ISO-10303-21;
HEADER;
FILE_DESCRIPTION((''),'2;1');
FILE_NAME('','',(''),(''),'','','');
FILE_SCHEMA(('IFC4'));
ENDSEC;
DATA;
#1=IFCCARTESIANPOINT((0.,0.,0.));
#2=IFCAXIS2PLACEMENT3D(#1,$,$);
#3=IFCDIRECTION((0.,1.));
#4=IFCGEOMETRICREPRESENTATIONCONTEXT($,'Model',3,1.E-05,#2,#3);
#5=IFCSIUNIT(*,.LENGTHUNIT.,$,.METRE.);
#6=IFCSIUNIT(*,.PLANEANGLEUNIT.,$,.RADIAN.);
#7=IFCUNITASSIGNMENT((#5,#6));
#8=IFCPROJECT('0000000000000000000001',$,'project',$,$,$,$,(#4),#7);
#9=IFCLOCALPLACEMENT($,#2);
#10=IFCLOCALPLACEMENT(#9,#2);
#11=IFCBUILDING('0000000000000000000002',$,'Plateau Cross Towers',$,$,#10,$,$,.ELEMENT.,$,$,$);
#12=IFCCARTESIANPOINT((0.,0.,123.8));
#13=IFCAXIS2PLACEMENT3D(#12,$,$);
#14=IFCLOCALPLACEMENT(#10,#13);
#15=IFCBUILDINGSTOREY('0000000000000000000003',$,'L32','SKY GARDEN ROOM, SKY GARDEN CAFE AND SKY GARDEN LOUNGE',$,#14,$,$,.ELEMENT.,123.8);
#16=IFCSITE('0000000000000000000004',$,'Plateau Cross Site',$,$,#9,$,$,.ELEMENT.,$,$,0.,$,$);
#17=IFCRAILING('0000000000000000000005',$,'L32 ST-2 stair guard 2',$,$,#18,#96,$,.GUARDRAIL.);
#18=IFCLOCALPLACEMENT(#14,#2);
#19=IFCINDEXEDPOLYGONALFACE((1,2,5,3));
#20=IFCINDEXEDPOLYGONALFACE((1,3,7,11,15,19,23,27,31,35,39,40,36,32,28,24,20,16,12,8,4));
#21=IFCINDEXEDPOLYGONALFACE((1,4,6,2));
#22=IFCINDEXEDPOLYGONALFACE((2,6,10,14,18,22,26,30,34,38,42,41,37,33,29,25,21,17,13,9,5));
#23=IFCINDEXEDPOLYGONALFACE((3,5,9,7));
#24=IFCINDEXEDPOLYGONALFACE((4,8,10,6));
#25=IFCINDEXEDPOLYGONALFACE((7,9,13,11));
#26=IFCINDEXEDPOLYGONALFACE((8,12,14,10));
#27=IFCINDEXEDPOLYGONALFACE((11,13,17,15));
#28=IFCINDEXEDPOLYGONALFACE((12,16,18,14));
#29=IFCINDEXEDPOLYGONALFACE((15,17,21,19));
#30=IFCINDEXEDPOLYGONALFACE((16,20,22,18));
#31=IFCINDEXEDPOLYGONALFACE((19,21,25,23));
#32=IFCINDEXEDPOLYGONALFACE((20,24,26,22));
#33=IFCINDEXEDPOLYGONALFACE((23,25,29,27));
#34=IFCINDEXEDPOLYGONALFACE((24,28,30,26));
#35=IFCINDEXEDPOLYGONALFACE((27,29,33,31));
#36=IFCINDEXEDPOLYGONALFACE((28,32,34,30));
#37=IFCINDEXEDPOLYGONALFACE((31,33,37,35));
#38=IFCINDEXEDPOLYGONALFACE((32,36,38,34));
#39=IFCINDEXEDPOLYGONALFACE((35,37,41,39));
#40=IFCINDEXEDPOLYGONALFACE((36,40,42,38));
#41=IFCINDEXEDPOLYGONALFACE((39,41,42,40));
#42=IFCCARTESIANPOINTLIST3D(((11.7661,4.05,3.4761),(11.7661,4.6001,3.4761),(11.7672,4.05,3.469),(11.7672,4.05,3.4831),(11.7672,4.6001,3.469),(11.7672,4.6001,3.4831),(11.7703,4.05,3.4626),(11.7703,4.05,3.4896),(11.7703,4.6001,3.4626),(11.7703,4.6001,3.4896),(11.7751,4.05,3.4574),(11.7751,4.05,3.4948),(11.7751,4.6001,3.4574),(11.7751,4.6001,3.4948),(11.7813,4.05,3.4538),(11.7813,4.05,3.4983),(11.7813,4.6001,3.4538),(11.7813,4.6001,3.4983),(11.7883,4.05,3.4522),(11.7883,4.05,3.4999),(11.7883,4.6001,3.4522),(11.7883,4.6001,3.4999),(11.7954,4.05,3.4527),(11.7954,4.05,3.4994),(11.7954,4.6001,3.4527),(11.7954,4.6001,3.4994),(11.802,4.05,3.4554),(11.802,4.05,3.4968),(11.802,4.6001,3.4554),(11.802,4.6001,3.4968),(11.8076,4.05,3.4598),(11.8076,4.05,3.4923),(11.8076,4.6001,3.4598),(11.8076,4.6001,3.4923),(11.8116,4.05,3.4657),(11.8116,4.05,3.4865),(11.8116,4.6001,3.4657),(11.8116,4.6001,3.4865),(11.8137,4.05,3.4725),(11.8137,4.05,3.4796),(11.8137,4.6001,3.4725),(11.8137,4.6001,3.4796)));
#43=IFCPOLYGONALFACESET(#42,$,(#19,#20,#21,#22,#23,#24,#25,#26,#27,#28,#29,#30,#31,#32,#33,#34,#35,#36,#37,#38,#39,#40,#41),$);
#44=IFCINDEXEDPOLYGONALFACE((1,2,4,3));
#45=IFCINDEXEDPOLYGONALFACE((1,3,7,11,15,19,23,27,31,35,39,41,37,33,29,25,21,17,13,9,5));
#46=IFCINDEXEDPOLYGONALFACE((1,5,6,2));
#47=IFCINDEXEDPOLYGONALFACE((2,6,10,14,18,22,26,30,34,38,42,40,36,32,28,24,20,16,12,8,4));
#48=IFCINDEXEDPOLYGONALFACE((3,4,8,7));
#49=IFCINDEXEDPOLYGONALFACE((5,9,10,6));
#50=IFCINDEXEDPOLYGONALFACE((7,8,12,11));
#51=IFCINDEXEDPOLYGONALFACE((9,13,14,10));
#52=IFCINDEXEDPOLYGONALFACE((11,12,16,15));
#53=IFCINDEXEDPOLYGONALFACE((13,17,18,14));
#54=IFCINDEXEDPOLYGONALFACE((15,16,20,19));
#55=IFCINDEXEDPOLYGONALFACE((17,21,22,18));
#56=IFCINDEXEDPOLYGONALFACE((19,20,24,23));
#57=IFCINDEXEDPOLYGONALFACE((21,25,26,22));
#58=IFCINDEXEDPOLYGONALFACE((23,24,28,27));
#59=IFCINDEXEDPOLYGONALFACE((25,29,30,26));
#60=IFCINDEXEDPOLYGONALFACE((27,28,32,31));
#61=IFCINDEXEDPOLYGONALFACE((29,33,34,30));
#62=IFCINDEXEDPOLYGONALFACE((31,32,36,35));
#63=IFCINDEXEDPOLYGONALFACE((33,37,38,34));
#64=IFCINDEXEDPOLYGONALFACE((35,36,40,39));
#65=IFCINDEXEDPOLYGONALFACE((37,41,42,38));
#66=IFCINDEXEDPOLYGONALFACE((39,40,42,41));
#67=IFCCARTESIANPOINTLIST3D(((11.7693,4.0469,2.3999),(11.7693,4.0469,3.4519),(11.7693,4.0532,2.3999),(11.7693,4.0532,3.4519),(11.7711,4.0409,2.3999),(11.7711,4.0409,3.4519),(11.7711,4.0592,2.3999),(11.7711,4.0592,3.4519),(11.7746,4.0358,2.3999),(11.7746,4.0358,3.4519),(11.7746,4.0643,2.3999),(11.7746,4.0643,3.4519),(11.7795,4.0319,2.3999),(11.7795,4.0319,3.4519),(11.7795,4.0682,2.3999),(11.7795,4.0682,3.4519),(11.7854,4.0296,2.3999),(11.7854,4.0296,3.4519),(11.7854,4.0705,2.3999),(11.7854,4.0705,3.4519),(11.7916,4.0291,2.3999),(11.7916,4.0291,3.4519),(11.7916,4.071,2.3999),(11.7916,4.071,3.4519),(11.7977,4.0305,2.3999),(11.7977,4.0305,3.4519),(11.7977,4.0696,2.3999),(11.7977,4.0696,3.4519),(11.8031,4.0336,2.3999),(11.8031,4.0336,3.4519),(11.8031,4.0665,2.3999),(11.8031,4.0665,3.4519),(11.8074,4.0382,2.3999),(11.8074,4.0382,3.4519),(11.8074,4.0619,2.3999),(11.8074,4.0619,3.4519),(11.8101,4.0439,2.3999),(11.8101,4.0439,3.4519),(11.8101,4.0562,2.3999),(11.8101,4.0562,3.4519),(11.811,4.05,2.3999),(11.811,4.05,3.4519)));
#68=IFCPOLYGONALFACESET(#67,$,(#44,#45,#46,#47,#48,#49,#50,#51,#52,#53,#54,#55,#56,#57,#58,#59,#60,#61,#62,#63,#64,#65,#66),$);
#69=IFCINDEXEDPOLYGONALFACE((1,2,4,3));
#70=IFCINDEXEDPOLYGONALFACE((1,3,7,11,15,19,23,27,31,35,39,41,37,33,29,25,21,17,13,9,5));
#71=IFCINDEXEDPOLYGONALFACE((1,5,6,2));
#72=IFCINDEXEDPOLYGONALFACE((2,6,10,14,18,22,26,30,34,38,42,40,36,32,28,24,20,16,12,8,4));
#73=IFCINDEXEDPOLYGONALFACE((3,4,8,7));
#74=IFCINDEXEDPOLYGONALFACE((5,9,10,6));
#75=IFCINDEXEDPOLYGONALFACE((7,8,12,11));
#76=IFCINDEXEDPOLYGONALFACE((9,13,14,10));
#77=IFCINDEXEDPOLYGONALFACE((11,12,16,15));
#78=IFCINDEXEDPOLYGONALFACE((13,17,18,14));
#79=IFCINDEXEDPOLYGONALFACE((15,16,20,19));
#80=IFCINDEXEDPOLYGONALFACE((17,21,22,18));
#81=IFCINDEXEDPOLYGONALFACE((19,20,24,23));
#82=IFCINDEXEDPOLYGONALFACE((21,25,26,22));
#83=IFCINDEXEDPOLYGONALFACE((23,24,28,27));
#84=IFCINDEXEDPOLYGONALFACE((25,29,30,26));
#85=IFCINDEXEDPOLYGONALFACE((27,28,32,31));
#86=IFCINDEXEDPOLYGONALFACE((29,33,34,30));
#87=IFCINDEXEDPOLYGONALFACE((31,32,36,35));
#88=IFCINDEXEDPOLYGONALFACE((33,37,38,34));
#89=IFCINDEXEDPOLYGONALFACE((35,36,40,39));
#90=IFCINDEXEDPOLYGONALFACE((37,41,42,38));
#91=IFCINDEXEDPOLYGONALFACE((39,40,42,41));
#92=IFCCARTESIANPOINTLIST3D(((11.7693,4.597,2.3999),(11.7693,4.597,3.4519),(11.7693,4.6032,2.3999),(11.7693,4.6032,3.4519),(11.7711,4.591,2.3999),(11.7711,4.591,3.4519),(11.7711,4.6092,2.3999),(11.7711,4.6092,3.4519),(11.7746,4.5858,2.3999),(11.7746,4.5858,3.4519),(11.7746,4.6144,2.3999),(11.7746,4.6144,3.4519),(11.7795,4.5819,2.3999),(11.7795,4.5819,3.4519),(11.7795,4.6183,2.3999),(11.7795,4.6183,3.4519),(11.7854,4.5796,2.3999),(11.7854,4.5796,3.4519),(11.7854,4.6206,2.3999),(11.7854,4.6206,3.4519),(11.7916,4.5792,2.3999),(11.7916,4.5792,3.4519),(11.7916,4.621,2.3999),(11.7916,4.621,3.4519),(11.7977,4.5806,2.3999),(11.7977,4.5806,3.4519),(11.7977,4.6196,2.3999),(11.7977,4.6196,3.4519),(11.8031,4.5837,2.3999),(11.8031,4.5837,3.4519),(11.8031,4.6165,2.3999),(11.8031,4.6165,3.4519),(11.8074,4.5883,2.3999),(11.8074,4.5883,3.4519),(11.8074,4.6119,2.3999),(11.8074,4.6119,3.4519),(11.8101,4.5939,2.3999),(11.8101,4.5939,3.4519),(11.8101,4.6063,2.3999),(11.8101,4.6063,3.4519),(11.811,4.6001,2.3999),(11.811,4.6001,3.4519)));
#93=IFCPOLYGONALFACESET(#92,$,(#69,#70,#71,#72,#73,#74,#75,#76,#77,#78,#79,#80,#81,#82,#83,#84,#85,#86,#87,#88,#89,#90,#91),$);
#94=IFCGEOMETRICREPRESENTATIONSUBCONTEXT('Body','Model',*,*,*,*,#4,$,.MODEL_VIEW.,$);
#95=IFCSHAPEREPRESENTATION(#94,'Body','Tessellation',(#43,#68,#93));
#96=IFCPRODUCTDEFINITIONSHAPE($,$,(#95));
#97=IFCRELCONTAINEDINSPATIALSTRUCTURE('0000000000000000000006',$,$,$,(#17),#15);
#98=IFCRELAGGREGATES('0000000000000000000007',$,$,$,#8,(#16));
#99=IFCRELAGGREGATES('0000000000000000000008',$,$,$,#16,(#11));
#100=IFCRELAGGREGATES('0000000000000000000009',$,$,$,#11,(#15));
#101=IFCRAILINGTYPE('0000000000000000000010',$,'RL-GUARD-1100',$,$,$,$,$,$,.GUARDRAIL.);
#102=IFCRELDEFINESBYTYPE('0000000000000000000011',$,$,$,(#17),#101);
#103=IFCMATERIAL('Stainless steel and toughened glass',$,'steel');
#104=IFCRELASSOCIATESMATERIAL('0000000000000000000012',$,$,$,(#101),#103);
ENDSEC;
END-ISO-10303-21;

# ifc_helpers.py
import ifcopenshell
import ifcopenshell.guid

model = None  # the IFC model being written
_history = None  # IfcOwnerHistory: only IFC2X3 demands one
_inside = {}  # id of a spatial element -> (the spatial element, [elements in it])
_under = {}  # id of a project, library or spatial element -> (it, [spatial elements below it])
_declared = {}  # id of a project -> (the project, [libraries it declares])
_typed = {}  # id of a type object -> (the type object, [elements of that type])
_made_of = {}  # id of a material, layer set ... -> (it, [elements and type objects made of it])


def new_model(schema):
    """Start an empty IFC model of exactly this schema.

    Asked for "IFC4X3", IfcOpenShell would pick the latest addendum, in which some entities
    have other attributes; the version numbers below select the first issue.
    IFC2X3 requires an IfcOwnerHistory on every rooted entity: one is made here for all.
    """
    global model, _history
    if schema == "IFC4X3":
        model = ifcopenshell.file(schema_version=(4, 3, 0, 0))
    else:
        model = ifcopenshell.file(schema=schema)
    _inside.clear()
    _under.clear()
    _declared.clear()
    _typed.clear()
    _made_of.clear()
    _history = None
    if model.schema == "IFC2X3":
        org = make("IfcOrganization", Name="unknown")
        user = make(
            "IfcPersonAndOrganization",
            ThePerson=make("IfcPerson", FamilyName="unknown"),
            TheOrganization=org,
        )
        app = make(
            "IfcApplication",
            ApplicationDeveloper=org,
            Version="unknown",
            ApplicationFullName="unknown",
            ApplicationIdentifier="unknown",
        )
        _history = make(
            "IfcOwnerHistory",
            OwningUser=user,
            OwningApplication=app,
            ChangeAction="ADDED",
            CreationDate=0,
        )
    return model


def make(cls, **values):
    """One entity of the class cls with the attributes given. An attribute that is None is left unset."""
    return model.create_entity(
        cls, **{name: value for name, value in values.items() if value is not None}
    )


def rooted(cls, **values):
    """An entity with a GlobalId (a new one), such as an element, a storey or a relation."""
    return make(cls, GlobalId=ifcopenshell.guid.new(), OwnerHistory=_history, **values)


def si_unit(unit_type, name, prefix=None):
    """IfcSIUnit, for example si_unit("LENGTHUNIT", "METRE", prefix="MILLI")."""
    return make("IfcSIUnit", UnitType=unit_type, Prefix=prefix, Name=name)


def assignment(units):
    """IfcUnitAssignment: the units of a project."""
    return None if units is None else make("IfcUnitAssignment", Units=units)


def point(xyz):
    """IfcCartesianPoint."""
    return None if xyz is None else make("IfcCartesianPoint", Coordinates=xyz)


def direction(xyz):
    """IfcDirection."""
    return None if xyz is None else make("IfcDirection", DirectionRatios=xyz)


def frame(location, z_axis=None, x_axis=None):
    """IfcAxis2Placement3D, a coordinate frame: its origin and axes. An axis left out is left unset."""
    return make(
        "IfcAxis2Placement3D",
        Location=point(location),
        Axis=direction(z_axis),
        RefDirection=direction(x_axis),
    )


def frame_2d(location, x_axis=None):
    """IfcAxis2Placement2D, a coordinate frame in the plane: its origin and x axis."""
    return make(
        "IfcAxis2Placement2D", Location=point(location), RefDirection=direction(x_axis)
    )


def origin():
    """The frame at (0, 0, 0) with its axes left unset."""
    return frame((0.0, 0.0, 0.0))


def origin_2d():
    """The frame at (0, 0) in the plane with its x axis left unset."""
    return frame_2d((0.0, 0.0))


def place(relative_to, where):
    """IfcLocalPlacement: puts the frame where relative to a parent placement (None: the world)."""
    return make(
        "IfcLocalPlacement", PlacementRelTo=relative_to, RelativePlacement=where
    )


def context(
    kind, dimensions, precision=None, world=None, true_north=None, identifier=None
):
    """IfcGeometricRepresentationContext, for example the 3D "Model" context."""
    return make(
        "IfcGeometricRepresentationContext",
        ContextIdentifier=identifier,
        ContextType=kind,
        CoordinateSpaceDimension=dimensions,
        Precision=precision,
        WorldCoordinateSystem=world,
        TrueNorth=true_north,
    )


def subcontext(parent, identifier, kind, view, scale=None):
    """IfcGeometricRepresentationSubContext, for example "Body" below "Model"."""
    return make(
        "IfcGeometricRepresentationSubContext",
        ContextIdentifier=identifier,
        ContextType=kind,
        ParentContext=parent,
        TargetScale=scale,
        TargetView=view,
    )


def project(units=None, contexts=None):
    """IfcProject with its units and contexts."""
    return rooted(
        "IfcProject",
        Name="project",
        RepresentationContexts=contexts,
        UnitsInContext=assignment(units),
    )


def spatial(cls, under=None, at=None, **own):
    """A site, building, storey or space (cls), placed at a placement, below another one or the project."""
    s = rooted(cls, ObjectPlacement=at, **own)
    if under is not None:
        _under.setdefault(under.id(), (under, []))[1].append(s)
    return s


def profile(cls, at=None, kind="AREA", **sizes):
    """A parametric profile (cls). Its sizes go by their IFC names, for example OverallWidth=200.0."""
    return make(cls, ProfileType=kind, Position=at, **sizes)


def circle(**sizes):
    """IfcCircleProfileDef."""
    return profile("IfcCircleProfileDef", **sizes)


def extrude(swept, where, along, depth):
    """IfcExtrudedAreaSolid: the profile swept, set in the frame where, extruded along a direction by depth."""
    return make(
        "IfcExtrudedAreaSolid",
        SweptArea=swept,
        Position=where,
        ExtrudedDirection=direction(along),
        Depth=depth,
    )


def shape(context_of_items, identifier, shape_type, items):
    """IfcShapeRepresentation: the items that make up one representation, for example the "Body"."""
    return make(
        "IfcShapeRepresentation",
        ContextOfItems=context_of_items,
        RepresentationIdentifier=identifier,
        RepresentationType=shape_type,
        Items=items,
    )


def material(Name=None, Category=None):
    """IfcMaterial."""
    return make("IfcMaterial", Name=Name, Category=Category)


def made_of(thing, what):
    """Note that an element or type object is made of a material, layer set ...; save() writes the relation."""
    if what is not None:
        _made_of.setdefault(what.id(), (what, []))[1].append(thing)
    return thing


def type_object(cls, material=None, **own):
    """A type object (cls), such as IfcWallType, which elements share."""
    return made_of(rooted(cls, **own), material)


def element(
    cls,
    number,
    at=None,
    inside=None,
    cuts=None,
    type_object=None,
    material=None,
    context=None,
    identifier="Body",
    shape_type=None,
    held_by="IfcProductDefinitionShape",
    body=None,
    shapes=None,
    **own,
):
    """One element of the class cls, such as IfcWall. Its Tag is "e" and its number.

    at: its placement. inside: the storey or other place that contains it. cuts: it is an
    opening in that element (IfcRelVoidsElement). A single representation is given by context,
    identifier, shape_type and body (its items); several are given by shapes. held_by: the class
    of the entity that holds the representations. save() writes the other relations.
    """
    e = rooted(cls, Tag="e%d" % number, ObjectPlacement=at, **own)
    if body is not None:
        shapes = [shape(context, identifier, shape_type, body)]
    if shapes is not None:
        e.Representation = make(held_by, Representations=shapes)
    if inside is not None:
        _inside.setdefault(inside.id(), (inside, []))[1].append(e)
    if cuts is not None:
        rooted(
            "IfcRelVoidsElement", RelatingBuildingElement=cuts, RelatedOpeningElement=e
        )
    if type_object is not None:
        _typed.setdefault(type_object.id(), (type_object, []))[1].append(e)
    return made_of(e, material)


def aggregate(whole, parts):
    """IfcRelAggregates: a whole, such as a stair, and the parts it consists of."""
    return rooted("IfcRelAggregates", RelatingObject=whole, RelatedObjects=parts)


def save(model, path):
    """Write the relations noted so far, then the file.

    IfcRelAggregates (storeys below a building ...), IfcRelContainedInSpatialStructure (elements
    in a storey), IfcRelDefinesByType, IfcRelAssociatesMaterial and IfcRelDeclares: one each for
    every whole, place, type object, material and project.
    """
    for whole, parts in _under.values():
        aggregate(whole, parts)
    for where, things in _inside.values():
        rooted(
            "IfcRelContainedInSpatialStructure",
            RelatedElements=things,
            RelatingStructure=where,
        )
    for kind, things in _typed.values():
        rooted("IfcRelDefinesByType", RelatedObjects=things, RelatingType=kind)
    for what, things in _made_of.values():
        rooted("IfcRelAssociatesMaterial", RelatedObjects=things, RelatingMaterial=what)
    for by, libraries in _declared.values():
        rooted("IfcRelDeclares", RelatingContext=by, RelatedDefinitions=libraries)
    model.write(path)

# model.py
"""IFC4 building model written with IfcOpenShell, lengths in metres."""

from ifc_helpers import new_model, si_unit, direction, frame, origin, origin_2d, place, context, subcontext, project, spatial, circle, extrude, material, type_object, element, save


model = new_model("IFC4")

# Units and contexts
model_context = context("Model", 3, precision=1e-05, world=origin(), true_north=direction((0.0, 1.0)))
body_context = subcontext(model_context, "Body", "Model", "MODEL_VIEW")
ifc_project = project(units=[si_unit("LENGTHUNIT", "METRE"), si_unit("PLANEANGLEUNIT", "RADIAN")], contexts=[model_context])

# Site, building, storey
site_placement = place(None, origin())
site = spatial("IfcSite", under=ifc_project, at=site_placement, Name="Plateau Cross Site", CompositionType="ELEMENT", RefElevation=0.0)
building_placement = place(site_placement, origin())
building = spatial("IfcBuilding", under=site, at=building_placement, Name="Plateau Cross Towers", CompositionType="ELEMENT")
storey_placement = place(building_placement, frame((0.0, 0.0, 123.8)))
storey = spatial("IfcBuildingStorey", under=building, at=storey_placement, Name="L32", Description="SKY GARDEN ROOM, SKY GARDEN CAFE AND SKY GARDEN LOUNGE", CompositionType="ELEMENT", Elevation=123.8)

# Railing
ifc_material_1 = material(Name="Stainless steel and toughened glass", Category="steel")
railing_type_1 = type_object("IfcRailingType", Name="RL-GUARD-1100", PredefinedType="GUARDRAIL", material=ifc_material_1)
railing_1_placement = place(storey_placement, frame((11.79, 4.05, 2.3999)))
element("IfcRailing", 1, at=railing_1_placement, inside=storey, type_object=railing_type_1, Name="L32 ST-2 stair guard 2", PredefinedType="GUARDRAIL", context=body_context, shape_type="SweptSolid", body=[
    extrude(circle(Radius=0.0239, at=origin_2d()), frame((0.0, 0.0, 1.0762), z_axis=(0.0, 1.0, 0.0), x_axis=(-1.0, 0.0, 0.0)), (0.0, 0.0, 1.0), 0.55),
    extrude(circle(Radius=0.021, at=origin_2d()), origin(), (0.0, 0.0, 1.0), 1.052),
    extrude(circle(Radius=0.021, at=origin_2d()), frame((0.0, 0.55, 0.0)), (0.0, 0.0, 1.0), 1.052),
])

save(model, "model.ifc")
